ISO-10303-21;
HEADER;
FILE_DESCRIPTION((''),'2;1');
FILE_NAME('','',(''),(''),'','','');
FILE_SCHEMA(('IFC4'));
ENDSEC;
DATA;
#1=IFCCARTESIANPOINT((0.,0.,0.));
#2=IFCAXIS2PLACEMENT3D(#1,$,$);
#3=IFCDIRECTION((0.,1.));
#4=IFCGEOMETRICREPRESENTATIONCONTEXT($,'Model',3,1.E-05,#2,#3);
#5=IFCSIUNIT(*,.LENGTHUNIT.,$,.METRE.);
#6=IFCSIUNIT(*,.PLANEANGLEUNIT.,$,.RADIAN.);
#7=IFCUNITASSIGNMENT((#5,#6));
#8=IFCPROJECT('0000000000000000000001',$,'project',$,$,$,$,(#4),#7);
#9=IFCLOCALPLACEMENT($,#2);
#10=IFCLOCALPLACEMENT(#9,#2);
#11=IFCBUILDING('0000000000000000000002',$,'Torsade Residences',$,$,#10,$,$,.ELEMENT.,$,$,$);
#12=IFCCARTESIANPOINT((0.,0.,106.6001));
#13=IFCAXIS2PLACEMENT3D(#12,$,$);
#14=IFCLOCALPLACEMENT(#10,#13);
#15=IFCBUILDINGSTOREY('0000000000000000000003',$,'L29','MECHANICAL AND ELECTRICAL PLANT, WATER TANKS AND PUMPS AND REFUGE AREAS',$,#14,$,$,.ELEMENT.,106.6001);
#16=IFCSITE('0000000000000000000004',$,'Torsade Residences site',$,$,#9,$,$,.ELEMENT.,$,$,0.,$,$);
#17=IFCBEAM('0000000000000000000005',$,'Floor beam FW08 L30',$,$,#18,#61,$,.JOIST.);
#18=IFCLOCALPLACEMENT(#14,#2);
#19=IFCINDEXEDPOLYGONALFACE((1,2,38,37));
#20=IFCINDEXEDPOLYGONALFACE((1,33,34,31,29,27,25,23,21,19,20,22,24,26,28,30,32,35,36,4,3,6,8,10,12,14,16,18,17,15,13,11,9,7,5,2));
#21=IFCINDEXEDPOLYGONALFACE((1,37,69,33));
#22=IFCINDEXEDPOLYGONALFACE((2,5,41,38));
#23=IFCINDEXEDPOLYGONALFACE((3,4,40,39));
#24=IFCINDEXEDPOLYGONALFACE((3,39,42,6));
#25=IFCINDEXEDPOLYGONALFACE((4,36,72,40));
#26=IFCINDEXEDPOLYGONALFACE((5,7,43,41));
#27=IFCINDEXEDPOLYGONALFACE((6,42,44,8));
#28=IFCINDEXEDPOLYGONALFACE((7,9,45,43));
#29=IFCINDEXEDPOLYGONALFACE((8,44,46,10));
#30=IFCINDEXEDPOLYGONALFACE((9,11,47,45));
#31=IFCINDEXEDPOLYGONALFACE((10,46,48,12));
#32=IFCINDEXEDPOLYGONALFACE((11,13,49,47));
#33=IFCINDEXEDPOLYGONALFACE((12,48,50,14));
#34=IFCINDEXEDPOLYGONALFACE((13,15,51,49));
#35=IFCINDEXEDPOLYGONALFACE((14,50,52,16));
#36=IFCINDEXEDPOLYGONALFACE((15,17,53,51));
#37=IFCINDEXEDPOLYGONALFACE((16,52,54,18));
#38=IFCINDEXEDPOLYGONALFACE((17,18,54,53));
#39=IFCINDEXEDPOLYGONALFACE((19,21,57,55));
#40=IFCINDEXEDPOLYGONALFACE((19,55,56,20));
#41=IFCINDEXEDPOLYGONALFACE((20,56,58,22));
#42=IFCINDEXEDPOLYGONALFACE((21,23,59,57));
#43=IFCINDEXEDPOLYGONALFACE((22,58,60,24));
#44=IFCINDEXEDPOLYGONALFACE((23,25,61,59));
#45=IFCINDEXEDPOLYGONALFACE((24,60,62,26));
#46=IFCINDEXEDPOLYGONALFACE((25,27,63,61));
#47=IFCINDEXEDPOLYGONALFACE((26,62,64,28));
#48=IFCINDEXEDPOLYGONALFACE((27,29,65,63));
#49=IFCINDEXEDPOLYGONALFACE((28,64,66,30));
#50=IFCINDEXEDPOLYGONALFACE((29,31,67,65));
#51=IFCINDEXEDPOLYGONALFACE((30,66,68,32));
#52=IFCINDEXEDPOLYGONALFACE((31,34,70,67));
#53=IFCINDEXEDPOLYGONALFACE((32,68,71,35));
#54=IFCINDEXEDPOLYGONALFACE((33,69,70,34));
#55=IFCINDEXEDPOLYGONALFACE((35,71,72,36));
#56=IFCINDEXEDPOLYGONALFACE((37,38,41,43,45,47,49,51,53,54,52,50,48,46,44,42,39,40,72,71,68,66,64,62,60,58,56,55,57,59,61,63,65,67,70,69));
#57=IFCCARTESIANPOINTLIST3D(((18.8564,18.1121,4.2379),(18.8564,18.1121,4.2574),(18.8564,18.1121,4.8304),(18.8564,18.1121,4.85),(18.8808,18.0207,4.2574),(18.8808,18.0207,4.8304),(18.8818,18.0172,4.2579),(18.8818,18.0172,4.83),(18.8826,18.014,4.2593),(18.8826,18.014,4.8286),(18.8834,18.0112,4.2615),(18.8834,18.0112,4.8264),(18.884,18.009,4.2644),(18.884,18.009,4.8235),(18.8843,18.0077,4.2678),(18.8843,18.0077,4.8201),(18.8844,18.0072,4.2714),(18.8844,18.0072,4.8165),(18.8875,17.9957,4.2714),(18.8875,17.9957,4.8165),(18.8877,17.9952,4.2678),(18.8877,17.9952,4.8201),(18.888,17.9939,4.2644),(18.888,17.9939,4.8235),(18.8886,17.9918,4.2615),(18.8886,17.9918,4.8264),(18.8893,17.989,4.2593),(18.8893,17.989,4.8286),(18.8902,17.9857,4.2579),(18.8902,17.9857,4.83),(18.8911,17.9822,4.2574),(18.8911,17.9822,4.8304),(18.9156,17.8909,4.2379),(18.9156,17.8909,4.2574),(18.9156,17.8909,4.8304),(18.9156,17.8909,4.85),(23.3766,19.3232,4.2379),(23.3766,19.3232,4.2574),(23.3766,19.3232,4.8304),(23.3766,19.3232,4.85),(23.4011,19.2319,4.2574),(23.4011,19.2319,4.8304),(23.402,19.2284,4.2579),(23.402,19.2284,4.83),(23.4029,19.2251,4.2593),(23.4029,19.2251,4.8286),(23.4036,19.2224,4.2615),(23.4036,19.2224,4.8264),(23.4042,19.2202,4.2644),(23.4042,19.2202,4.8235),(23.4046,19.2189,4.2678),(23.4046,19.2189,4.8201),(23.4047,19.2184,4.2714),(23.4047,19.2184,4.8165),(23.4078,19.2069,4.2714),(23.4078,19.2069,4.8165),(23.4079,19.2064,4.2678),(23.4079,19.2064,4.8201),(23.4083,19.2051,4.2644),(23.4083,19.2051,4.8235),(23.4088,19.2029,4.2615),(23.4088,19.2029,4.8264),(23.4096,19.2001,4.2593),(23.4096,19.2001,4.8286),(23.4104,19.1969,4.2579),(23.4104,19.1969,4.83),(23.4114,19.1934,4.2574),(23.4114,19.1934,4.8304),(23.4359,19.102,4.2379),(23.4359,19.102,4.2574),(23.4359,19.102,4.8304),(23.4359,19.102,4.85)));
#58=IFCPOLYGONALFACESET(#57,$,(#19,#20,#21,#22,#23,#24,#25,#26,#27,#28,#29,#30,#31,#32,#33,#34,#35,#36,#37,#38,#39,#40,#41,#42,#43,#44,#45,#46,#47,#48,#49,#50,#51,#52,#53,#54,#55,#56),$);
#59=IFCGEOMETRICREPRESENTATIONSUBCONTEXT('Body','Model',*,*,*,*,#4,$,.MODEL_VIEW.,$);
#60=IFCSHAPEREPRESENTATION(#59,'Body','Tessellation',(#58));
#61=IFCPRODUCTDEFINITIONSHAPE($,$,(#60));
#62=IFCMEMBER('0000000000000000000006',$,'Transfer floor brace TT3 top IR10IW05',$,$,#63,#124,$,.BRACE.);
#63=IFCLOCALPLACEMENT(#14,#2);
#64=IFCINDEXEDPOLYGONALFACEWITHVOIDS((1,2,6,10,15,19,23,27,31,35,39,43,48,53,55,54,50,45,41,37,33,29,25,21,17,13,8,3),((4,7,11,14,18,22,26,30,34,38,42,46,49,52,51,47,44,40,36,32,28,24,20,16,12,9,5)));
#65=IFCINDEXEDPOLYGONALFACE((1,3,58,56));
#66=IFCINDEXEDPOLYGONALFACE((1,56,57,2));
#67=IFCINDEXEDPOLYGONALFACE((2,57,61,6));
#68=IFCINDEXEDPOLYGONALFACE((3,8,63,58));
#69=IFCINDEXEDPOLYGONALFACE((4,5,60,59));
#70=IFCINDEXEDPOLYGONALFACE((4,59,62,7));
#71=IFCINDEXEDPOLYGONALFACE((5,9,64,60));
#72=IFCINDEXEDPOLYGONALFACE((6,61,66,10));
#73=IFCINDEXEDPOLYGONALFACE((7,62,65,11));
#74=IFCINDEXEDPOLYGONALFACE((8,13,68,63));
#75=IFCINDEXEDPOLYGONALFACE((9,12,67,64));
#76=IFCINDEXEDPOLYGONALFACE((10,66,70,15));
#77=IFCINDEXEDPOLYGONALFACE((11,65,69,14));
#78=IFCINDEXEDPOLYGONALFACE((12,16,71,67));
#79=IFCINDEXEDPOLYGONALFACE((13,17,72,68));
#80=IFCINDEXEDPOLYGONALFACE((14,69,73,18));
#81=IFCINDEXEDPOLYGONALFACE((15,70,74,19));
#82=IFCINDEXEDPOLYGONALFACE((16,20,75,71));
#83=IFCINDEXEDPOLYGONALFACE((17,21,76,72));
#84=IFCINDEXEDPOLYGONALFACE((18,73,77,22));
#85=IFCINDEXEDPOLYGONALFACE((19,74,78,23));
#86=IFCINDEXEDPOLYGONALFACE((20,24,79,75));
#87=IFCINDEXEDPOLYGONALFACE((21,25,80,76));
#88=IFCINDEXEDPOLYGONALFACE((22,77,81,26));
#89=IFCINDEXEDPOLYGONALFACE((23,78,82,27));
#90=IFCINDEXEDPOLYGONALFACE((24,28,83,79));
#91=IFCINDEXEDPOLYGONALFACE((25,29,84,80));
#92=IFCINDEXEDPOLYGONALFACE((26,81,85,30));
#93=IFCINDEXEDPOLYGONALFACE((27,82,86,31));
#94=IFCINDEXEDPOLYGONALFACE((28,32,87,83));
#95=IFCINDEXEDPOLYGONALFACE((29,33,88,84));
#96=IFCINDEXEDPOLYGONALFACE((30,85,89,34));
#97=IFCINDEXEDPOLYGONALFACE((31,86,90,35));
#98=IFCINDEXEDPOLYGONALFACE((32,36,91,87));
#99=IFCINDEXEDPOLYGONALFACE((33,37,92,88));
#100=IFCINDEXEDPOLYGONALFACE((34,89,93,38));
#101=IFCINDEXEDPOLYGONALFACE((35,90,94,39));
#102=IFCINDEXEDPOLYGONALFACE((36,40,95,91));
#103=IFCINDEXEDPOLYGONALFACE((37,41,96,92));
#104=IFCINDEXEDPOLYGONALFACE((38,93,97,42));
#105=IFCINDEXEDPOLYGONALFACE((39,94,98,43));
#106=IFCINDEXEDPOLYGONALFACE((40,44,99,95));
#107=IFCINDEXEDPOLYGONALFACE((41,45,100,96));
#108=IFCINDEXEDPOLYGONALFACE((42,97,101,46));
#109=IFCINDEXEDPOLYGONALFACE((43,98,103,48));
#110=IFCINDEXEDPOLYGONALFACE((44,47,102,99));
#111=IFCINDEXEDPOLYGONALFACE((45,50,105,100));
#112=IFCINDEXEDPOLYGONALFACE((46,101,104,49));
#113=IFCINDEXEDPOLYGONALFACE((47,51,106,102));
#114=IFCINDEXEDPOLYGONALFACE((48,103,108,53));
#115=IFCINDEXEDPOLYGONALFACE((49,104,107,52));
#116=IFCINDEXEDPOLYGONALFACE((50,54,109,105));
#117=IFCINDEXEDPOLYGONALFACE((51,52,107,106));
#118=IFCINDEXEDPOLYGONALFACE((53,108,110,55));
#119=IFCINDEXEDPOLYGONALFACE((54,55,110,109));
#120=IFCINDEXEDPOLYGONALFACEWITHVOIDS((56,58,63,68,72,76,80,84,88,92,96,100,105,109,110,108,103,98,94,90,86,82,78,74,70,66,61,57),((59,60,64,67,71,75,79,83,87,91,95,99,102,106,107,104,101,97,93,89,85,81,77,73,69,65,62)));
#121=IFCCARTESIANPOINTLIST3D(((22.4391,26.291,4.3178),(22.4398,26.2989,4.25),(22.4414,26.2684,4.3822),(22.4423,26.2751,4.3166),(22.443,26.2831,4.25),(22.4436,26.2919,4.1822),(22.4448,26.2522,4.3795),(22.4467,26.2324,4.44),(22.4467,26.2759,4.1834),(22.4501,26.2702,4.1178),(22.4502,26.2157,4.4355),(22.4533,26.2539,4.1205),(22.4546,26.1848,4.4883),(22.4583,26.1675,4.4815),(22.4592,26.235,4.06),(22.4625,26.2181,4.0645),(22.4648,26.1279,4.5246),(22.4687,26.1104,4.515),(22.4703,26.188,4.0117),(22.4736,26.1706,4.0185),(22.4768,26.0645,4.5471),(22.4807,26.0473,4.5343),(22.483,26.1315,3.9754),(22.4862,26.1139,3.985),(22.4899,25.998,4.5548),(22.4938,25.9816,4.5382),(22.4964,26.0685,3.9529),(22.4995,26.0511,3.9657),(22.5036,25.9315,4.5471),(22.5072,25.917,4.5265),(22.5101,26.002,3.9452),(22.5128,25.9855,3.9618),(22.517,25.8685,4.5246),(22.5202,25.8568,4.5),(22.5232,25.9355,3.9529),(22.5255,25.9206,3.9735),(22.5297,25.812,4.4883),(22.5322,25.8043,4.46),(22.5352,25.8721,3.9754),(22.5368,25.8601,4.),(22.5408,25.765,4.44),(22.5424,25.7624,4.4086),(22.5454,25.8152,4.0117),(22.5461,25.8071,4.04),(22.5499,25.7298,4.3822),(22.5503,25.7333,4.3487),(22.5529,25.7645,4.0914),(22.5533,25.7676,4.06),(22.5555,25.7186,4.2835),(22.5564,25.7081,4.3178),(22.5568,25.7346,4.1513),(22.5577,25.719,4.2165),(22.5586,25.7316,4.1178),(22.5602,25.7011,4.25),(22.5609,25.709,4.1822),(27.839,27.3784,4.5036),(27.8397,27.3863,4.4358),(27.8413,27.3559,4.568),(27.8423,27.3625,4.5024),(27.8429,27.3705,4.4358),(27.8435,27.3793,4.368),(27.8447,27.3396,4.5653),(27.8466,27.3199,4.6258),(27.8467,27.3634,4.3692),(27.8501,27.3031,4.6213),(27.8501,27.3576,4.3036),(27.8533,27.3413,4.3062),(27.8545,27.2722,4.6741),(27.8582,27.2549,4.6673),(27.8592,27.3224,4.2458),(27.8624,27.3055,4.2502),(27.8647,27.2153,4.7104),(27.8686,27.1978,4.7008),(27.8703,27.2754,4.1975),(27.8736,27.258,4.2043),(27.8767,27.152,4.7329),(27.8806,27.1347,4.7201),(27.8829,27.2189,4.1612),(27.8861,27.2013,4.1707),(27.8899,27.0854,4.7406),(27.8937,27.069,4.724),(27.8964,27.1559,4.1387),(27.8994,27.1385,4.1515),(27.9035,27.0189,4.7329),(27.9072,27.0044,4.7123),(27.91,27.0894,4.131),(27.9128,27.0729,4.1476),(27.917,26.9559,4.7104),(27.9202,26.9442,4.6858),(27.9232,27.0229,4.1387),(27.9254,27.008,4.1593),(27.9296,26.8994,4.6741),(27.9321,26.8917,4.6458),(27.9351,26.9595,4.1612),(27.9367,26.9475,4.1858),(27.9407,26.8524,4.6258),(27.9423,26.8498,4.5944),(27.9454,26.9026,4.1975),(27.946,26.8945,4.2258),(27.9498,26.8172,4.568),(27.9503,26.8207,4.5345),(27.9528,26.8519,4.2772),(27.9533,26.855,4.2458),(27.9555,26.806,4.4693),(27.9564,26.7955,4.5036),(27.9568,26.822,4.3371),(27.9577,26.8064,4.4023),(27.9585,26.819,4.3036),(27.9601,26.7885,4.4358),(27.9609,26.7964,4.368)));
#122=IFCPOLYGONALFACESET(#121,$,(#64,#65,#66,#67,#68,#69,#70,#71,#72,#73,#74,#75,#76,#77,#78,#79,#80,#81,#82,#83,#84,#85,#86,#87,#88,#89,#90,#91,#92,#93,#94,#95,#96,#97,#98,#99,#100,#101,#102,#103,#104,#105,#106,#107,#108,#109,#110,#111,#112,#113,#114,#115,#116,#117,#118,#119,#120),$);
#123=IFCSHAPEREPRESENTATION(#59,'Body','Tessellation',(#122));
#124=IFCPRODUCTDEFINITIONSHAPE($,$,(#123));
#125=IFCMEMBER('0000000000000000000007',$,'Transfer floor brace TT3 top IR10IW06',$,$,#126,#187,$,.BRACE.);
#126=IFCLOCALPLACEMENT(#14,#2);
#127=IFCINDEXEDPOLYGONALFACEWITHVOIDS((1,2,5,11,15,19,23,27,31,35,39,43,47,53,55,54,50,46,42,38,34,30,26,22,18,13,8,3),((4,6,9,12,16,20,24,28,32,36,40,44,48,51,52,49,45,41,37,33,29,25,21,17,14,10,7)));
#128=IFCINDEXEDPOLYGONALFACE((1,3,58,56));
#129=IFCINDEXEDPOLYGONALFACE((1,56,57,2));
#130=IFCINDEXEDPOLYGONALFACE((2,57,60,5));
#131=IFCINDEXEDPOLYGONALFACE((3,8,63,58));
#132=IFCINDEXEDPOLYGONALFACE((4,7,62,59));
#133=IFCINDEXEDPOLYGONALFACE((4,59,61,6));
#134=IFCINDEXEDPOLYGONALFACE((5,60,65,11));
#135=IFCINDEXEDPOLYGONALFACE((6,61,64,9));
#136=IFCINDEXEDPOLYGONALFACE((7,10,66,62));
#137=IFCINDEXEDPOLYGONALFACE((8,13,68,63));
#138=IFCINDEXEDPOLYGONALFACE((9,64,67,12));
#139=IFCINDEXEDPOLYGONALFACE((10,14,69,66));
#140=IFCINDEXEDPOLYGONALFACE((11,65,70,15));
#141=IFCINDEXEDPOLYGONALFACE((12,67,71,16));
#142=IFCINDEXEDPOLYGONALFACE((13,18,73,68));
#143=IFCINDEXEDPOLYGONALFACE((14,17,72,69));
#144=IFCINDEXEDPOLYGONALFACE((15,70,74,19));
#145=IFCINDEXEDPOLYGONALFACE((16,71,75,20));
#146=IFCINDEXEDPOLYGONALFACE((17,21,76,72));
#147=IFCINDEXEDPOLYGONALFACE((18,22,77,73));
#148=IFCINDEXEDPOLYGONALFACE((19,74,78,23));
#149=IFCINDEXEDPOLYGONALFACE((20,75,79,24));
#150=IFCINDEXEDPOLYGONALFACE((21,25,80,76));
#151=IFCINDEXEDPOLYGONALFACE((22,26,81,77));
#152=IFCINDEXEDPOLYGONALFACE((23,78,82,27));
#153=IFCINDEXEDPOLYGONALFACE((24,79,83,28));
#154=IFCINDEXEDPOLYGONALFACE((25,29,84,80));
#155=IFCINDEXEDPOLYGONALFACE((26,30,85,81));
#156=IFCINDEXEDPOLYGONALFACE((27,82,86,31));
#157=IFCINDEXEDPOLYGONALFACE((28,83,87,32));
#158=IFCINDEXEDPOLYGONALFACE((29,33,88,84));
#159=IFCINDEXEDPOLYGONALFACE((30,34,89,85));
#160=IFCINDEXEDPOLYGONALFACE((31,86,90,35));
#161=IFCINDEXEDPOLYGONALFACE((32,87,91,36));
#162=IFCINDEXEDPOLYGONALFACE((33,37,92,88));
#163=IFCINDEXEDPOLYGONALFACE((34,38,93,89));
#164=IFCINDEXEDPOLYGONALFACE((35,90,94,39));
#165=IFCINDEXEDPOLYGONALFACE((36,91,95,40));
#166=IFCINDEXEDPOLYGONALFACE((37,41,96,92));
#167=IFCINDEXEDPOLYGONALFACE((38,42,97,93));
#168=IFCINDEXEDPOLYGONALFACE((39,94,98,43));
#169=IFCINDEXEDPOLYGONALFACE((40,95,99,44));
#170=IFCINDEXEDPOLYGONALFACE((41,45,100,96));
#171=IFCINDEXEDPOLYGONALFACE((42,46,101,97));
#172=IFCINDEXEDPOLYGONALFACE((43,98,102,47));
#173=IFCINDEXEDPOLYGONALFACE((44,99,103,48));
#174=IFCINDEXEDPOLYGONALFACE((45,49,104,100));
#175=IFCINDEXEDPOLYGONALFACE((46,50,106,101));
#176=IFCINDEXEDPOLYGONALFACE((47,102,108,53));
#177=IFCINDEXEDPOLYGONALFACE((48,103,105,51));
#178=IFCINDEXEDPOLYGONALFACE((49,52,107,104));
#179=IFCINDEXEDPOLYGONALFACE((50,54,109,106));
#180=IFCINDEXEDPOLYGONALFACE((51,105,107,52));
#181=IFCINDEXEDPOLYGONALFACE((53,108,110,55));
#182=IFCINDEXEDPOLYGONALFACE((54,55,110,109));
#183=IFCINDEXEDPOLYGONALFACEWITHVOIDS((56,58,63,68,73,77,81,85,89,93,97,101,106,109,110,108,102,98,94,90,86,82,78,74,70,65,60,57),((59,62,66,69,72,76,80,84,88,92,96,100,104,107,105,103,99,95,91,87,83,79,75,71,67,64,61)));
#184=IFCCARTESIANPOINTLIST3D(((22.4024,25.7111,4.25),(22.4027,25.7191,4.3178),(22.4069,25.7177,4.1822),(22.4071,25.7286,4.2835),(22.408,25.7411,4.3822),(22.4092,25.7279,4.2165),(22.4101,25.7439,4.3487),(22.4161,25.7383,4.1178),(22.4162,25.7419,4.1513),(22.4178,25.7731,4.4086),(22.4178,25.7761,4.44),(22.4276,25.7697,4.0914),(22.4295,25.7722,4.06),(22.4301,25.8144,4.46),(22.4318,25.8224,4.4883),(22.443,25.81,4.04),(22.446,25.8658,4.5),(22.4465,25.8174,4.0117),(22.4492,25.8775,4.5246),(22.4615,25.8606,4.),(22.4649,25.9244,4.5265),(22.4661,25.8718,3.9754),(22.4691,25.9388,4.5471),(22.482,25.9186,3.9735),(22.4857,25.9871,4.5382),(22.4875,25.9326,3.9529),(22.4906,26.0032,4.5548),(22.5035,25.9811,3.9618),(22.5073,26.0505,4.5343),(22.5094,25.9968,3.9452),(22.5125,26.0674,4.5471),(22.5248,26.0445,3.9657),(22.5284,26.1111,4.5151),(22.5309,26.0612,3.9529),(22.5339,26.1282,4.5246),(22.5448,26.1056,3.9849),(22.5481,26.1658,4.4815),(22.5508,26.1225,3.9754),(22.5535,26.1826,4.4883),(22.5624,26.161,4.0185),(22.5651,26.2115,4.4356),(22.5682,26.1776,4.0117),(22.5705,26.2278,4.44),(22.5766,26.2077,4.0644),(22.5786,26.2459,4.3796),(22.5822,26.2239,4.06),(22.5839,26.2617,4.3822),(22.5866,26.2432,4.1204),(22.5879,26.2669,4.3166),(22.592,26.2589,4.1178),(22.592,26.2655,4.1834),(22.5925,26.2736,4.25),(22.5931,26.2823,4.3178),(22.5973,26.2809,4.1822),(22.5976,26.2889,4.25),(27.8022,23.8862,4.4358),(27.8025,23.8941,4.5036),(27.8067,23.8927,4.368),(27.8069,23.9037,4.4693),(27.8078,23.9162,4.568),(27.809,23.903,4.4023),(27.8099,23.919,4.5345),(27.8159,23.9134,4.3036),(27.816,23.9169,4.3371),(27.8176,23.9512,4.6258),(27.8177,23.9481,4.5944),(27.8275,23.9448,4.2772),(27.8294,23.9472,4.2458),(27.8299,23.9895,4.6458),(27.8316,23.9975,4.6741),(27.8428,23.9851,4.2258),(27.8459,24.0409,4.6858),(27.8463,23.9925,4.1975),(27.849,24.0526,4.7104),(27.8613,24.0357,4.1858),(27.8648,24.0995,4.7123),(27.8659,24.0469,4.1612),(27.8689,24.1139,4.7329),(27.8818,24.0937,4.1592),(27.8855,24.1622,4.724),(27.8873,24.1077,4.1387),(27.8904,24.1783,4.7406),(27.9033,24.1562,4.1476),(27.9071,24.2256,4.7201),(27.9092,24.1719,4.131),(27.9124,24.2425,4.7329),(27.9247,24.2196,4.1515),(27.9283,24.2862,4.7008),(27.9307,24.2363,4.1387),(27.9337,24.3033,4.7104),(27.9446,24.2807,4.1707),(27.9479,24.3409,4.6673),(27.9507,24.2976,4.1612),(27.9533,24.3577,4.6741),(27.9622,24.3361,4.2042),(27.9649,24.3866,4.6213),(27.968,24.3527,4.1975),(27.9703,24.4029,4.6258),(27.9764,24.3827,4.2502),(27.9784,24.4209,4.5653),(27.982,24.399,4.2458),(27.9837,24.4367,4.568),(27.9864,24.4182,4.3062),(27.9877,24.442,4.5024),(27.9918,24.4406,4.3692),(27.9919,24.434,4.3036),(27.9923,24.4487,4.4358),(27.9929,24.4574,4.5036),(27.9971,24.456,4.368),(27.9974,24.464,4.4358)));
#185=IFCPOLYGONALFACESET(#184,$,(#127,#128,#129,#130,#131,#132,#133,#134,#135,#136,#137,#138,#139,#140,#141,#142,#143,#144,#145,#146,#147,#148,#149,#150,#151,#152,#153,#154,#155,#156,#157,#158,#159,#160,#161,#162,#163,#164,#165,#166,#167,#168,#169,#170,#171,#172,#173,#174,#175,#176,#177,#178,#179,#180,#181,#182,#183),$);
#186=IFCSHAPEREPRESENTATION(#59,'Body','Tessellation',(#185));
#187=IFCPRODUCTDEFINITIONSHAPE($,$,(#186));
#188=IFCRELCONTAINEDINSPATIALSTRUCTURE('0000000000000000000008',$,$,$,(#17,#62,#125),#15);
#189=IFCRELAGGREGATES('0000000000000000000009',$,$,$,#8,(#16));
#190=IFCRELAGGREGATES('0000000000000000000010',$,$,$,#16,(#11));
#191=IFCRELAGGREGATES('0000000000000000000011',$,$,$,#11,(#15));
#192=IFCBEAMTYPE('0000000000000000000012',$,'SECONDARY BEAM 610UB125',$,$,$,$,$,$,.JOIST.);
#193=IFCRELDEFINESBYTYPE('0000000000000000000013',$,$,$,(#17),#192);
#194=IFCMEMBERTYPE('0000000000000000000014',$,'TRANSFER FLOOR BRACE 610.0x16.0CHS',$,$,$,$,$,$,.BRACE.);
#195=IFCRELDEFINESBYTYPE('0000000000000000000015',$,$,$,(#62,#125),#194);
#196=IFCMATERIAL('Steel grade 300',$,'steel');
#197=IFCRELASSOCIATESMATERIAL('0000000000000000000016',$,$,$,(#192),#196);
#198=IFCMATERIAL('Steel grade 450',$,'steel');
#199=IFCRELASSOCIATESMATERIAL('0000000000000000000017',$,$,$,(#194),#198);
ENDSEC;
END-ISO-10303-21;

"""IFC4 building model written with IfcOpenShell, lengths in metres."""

from ifc_helpers import new_model, si_unit, direction, frame, origin, origin_2d, place, context, subcontext, project, spatial, hollow_circle, i_section, extrude, material, material_profile, profile_set, type_object, element, save


model = new_model("IFC4")

# Units and contexts
model_context = context("Model", 3, precision=1e-05, world=origin(), true_north=direction((0.0, 1.0)))
body_context = subcontext(model_context, "Body", "Model", "MODEL_VIEW")
ifc_project = project(units=[si_unit("LENGTHUNIT", "METRE"), si_unit("PLANEANGLEUNIT", "RADIAN")], contexts=[model_context])

# Site, building, storey
site_placement = place(None, origin())
site = spatial("IfcSite", under=ifc_project, at=site_placement, Name="Torsade Residences site", CompositionType="ELEMENT", RefElevation=0.0)
building_placement = place(site_placement, origin())
building = spatial("IfcBuilding", under=site, at=building_placement, Name="Torsade Residences", CompositionType="ELEMENT")
storey_placement = place(building_placement, frame((0.0, 0.0, 106.6001)))
storey = spatial("IfcBuildingStorey", under=building, at=storey_placement, Name="L29", Description="MECHANICAL AND ELECTRICAL PLANT, WATER TANKS AND PUMPS AND REFUGE AREAS", CompositionType="ELEMENT", Elevation=106.6001)

# Beam
ifc_material_1 = material(Name="Steel grade 300", Category="steel")
ifc_material_profile_1 = material_profile(ifc_material_1, i_section(OverallWidth=0.229, OverallDepth=0.6121, WebThickness=0.012, FlangeThickness=0.0195, FilletRadius=0.0139, at=origin_2d()), Name="610UB125")
ifc_profile_set_1 = profile_set([ifc_material_profile_1], Name="Steel grade 300")
beam_type_1 = type_object("IfcBeamType", Name="SECONDARY BEAM 610UB125", PredefinedType="JOIST", material=ifc_profile_set_1)
beam_1_placement = place(storey_placement, frame((18.886, 18.0015, 4.5439), z_axis=(0.965927, 0.258815, 0.0), x_axis=(-0.258815, 0.965927, 0.0)))
element("IfcBeam", 1, at=beam_1_placement, inside=storey, type_object=beam_type_1, Name="Floor beam FW08 L30", PredefinedType="JOIST", context=body_context, shape_type="SweptSolid", body=[
    extrude(i_section(OverallWidth=0.229, OverallDepth=0.6121, WebThickness=0.012, FlangeThickness=0.0195, FilletRadius=0.0139, at=origin_2d()), origin(), (0.0, 0.0, 1.0), 4.6797),
])

# Members
ifc_material_2 = material(Name="Steel grade 450", Category="steel")
ifc_material_profile_2 = material_profile(ifc_material_2, hollow_circle(Radius=0.3049, WallThickness=0.0161, at=origin_2d()), Name="610.0x16.0CHS")
ifc_profile_set_2 = profile_set([ifc_material_profile_2], Name="Steel grade 450")
member_type_1 = type_object("IfcMemberType", Name="TRANSFER FLOOR BRACE 610.0x16.0CHS", PredefinedType="BRACE", material=ifc_profile_set_2)
member_1_placement = place(storey_placement, frame((22.5, 26.0, 4.25), z_axis=(0.979764, 0.197299, 0.03371), x_axis=(-0.197412, 0.980321, 0.0)))
element("IfcMember", 2, at=member_1_placement, inside=storey, type_object=member_type_1, Name="Transfer floor brace TT3 top IR10IW05", PredefinedType="BRACE", context=body_context, shape_type="SweptSolid", body=[
    extrude(hollow_circle(Radius=0.3049, WallThickness=0.0161, at=origin_2d()), origin(), (0.0, 0.0, 1.0), 5.5115),
])
member_2_placement = place(storey_placement, frame((22.5, 26.0, 4.25), z_axis=(0.946857, -0.32, 0.032578), x_axis=(0.32017, 0.94736, 0.0)))
element("IfcMember", 3, at=member_2_placement, inside=storey, type_object=member_type_1, Name="Transfer floor brace TT3 top IR10IW06", PredefinedType="BRACE", context=body_context, shape_type="SweptSolid", body=[
    extrude(hollow_circle(Radius=0.3049, WallThickness=0.0161, at=origin_2d()), origin(), (0.0, 0.0, 1.0), 5.7029),
])

save(model, "model.ifc")
